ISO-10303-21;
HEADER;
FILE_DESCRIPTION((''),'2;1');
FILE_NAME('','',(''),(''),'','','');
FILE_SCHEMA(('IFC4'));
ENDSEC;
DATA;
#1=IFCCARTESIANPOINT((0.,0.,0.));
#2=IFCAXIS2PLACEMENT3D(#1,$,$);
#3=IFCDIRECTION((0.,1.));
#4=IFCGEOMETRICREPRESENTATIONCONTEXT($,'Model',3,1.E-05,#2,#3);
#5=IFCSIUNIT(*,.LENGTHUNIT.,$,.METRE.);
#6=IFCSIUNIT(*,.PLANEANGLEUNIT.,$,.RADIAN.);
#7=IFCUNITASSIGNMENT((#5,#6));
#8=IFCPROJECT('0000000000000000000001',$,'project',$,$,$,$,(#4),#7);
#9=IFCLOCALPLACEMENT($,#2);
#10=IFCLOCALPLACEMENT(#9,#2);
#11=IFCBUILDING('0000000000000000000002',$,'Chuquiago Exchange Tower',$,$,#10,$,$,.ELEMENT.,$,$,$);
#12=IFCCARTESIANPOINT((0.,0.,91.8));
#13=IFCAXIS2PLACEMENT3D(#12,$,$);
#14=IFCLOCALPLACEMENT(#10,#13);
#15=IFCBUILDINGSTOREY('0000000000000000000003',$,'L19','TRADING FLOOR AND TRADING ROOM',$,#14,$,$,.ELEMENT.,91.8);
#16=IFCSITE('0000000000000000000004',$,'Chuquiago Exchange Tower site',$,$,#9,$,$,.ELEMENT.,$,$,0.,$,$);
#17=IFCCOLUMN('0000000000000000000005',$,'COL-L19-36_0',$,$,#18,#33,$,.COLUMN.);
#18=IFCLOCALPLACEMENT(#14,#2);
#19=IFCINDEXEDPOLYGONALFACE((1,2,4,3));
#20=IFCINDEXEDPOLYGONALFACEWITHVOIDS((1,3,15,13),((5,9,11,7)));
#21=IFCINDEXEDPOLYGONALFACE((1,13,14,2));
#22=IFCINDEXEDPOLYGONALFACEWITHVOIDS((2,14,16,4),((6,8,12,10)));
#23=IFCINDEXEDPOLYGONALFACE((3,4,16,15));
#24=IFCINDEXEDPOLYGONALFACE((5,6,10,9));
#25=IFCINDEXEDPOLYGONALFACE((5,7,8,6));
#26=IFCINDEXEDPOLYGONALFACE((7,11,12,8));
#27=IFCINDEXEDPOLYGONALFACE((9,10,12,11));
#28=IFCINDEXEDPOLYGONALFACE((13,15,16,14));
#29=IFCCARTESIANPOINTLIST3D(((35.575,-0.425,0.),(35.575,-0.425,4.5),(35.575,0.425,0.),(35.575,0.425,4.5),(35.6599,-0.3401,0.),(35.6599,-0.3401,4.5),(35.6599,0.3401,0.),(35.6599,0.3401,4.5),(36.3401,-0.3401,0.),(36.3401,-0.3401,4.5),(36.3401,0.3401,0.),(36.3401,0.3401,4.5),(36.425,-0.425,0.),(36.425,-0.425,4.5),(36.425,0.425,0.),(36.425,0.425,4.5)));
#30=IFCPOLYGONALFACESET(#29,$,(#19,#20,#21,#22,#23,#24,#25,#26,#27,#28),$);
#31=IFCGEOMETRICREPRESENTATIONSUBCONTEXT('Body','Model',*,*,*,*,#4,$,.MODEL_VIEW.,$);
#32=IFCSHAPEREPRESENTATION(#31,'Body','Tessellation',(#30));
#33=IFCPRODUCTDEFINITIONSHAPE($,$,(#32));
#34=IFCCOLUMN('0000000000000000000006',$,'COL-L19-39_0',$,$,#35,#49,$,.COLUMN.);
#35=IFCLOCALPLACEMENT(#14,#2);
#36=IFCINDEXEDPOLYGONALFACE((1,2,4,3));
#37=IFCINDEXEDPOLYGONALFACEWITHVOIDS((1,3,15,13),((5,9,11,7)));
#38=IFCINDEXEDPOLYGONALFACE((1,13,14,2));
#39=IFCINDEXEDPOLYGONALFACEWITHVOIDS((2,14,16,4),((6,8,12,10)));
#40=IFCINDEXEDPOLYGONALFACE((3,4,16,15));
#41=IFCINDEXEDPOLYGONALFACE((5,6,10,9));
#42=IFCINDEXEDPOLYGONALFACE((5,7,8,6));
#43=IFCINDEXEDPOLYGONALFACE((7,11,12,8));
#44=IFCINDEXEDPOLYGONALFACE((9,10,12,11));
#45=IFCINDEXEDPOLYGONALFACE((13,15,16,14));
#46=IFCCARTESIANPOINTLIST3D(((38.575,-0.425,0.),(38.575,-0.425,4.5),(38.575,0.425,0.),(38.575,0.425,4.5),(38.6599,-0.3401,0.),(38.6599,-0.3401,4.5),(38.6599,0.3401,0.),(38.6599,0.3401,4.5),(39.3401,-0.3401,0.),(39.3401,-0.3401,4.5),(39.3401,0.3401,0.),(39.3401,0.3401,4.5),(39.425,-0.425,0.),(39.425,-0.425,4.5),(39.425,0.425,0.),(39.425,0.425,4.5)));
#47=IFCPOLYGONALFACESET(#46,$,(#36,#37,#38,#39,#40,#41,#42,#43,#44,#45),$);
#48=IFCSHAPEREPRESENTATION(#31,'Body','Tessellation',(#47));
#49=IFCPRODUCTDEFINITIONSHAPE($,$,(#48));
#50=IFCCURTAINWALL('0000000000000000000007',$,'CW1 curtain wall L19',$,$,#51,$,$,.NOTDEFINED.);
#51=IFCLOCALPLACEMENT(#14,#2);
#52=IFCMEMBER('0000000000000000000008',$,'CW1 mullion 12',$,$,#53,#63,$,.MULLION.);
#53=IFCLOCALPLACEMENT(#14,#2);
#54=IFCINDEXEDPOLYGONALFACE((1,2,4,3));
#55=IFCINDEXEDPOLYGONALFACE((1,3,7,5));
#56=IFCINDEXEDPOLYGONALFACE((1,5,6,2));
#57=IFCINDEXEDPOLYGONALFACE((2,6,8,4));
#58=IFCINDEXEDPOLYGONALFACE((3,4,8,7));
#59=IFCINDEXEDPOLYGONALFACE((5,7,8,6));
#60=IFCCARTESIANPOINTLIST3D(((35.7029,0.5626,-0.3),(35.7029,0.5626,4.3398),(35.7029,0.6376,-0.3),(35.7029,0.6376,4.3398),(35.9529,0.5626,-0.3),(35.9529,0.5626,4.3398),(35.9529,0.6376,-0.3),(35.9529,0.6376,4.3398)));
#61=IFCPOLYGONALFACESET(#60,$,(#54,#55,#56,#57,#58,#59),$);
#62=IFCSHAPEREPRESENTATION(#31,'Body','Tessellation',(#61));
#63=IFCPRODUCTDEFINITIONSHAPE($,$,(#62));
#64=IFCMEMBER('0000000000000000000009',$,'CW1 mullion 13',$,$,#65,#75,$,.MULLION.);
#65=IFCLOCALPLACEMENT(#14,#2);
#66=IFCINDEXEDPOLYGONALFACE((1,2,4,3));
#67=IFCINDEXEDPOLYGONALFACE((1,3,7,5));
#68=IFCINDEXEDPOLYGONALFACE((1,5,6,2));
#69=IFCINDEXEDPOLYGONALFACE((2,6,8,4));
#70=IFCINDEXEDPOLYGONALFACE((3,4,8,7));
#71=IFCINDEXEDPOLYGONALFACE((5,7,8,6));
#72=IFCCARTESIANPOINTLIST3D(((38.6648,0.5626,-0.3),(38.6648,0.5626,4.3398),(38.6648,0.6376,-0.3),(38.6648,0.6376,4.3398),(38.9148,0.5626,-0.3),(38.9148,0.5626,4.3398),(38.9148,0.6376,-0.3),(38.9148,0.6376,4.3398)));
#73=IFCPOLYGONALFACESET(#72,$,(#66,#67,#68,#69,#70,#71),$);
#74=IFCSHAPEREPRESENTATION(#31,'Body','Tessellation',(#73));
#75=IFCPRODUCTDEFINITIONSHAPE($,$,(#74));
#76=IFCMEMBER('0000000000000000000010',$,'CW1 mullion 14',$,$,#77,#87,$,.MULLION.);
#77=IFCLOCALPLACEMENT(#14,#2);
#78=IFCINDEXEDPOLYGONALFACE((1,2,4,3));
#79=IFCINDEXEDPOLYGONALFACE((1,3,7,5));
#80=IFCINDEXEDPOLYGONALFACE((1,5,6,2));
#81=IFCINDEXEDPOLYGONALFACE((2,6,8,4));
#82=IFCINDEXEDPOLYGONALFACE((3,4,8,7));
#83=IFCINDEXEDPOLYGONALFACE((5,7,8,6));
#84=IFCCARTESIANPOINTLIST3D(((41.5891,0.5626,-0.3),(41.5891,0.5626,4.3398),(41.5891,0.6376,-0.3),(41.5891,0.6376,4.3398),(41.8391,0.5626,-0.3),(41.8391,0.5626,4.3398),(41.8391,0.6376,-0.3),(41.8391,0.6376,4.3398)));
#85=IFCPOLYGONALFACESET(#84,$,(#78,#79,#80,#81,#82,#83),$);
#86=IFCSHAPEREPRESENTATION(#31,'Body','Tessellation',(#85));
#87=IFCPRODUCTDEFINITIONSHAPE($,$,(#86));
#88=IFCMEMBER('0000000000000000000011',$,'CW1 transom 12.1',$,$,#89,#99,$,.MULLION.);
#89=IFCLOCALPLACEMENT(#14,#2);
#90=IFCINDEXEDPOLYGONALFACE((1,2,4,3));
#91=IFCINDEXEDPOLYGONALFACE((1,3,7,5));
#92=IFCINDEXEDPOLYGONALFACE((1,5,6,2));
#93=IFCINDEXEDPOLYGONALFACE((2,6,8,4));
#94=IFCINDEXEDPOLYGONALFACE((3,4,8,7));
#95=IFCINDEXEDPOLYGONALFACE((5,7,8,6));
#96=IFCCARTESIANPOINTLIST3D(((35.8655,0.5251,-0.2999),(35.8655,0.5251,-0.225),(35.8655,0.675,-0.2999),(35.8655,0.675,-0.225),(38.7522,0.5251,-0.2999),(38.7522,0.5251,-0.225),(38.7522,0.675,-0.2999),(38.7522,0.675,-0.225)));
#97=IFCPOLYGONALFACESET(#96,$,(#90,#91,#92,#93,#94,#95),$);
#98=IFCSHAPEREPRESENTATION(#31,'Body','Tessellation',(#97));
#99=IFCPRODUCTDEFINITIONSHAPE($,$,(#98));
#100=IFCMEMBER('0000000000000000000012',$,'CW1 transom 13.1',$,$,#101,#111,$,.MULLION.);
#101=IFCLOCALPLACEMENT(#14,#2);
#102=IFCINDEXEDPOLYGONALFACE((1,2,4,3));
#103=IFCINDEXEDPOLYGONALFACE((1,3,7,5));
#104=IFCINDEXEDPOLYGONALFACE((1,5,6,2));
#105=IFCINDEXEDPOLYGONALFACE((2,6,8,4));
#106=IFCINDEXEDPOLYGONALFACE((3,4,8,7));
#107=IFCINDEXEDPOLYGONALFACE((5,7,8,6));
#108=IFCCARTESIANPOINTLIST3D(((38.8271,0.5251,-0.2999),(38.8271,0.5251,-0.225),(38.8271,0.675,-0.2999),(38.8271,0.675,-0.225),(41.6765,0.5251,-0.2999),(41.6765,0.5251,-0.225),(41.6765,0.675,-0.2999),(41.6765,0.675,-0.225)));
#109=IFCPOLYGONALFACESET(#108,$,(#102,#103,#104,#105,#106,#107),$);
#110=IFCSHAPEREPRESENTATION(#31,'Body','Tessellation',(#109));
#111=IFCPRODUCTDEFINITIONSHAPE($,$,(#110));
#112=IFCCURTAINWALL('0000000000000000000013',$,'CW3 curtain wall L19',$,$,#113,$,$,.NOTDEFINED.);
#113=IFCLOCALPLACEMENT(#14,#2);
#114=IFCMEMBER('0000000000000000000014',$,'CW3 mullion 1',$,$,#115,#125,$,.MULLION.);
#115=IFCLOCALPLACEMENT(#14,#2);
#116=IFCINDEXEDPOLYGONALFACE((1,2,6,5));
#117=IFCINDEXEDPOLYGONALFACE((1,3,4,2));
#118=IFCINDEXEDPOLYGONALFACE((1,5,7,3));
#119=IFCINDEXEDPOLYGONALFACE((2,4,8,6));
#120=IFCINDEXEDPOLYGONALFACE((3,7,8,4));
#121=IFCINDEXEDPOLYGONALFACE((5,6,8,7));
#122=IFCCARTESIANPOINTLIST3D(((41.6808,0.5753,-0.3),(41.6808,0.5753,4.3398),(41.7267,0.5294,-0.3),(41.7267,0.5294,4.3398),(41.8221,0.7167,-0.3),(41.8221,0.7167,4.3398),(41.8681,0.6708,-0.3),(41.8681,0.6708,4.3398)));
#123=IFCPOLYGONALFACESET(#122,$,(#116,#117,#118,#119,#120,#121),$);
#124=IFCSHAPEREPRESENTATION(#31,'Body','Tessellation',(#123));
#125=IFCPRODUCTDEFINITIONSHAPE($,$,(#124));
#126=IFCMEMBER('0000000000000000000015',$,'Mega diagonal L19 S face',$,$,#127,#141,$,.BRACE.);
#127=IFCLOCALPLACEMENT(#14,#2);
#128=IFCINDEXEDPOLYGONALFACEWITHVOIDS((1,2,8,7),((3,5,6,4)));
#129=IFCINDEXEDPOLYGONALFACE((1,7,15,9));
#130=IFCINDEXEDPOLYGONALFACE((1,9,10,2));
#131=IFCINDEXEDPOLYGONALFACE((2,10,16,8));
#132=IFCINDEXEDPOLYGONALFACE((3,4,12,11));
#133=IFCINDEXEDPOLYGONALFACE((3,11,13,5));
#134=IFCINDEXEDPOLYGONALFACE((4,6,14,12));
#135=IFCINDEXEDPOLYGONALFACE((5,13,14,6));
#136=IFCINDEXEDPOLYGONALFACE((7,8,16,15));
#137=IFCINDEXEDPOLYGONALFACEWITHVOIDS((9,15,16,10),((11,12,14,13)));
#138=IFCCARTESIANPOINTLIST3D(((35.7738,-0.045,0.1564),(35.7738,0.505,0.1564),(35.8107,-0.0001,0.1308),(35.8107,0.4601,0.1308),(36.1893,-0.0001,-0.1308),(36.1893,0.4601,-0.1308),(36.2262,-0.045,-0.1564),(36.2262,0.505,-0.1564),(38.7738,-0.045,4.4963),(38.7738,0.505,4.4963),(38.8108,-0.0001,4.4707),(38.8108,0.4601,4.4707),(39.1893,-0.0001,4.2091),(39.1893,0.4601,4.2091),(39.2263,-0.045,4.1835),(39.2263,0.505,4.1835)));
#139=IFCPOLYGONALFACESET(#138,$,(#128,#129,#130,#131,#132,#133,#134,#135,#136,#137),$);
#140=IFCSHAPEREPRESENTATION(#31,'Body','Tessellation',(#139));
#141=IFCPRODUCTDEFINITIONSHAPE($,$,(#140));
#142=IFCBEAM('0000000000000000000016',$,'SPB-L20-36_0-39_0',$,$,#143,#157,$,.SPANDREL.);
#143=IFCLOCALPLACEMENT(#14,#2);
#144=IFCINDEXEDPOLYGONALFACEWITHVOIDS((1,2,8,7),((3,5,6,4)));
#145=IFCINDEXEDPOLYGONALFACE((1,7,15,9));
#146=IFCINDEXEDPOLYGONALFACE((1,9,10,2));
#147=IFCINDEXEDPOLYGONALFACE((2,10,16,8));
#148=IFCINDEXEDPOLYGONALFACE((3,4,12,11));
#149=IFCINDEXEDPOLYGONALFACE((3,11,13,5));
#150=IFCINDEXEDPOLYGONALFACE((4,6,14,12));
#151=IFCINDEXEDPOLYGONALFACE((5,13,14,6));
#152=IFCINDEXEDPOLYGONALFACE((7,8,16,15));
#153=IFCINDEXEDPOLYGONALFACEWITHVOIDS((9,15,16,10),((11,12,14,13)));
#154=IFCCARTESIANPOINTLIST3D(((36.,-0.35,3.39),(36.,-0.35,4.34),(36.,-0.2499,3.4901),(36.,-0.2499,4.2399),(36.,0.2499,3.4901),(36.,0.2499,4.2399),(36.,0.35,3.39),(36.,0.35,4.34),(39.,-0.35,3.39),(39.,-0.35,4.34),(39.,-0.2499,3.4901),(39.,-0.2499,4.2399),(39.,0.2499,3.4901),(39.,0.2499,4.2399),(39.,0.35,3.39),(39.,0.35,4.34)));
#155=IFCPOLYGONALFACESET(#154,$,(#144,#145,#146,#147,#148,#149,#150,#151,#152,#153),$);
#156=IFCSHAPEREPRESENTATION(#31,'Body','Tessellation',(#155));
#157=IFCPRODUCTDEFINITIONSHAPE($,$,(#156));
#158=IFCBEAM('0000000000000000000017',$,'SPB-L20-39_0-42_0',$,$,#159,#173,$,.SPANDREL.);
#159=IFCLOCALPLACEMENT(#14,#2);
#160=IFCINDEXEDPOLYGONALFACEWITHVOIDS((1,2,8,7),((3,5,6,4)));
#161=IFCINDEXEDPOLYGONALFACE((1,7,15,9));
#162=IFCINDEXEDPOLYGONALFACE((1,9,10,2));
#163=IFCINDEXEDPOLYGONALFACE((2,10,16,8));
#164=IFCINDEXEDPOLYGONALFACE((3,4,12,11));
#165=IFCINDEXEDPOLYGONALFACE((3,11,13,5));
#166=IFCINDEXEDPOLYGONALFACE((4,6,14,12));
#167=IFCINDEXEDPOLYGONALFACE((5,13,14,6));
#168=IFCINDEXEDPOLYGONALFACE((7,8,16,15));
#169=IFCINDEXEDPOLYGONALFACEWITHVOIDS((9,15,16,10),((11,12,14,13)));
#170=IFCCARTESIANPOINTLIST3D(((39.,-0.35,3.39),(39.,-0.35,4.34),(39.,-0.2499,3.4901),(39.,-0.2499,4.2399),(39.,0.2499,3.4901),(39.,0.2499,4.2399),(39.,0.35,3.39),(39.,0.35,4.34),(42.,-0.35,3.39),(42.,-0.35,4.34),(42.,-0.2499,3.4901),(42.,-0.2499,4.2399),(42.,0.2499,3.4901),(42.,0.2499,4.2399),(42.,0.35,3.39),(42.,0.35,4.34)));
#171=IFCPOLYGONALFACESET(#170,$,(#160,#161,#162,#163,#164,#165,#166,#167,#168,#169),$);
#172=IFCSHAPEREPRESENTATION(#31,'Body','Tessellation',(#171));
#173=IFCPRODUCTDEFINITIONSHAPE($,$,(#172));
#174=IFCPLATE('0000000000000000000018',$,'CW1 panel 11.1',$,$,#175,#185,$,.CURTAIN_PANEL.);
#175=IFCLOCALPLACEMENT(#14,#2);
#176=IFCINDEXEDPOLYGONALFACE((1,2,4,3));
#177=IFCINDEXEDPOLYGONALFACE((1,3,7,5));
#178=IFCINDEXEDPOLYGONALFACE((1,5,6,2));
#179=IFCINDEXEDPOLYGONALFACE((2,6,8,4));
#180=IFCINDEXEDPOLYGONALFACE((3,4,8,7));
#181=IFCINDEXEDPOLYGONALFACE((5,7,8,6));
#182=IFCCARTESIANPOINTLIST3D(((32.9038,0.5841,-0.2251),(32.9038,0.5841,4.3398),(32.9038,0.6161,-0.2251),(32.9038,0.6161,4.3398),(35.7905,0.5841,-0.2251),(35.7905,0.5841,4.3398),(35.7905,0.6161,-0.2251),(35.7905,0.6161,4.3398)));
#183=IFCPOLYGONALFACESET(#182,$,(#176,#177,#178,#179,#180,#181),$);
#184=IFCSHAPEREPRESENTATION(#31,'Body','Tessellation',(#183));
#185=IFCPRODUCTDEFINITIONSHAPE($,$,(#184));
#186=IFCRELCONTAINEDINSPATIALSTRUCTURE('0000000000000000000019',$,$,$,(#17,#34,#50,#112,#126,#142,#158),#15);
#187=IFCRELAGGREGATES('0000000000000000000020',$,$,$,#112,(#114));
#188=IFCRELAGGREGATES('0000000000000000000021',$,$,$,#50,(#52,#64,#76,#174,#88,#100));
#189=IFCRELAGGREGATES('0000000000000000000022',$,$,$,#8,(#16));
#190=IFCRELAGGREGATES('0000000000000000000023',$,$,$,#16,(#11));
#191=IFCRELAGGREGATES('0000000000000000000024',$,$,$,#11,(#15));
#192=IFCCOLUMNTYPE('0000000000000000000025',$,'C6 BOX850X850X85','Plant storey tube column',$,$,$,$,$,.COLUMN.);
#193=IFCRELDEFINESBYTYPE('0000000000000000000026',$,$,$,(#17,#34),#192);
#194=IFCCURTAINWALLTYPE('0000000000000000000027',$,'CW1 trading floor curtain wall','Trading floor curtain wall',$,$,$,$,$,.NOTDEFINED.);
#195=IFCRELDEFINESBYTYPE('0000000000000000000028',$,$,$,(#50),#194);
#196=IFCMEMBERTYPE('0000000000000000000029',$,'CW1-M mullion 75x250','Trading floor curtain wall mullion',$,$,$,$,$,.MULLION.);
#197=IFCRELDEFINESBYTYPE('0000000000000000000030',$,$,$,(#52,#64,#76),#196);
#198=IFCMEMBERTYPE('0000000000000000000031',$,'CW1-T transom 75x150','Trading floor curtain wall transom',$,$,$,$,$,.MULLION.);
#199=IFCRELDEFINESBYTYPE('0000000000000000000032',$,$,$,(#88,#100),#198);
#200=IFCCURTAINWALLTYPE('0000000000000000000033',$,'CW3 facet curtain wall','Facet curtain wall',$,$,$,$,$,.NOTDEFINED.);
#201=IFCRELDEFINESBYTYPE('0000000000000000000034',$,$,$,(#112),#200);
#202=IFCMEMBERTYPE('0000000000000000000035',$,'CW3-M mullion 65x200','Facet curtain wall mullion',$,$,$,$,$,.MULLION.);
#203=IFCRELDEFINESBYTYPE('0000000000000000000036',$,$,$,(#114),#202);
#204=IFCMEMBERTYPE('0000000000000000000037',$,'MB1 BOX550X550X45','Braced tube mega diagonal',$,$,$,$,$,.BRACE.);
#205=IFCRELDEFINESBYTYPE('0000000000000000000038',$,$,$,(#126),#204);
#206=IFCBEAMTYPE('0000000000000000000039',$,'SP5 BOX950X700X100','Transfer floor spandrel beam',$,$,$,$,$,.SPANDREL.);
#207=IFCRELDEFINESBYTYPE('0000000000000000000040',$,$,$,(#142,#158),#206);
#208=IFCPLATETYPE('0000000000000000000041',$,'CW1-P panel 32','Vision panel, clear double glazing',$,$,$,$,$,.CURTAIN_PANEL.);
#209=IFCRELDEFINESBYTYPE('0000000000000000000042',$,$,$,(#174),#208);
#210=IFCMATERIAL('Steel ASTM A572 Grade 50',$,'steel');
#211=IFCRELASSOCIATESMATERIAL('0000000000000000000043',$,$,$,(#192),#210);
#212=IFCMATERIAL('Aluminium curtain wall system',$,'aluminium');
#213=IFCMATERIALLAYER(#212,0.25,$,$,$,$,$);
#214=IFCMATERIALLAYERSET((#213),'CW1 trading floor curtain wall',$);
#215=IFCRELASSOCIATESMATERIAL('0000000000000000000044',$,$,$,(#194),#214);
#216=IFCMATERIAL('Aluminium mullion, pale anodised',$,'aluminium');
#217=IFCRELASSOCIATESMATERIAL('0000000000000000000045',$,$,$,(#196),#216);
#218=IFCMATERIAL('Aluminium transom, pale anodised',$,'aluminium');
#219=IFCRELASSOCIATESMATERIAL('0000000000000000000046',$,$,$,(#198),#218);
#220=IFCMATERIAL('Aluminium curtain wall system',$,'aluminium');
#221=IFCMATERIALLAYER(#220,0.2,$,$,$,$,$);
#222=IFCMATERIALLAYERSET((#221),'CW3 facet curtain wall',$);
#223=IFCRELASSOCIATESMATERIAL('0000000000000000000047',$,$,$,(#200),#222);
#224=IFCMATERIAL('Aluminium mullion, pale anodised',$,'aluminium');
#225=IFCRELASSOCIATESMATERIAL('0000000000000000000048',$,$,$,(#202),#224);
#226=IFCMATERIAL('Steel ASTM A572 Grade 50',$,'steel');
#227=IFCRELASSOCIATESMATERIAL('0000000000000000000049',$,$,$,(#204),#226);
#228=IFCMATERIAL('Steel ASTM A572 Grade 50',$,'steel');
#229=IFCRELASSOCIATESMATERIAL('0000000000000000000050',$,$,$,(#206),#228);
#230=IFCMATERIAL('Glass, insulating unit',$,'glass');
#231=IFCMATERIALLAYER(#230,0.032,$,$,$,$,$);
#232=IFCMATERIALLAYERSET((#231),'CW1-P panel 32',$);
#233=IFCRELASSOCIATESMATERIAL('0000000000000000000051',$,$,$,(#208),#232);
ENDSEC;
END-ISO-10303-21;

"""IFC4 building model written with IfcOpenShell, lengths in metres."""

from ifc_helpers import new_model, si_unit, direction, frame, origin, origin_2d, place, context, subcontext, project, spatial, rectangle, hollow_rectangle, extrude, material, layer, layer_set, material_profile, profile_set, type_object, element, aggregate, save


model = new_model("IFC4")

# Units and contexts
model_context = context("Model", 3, precision=1e-05, world=origin(), true_north=direction((0.0, 1.0)))
body_context = subcontext(model_context, "Body", "Model", "MODEL_VIEW")
ifc_project = project(units=[si_unit("LENGTHUNIT", "METRE"), si_unit("PLANEANGLEUNIT", "RADIAN")], contexts=[model_context])

# Site, building, storey
site_placement = place(None, origin())
site = spatial("IfcSite", under=ifc_project, at=site_placement, Name="Chuquiago Exchange Tower site", CompositionType="ELEMENT", RefElevation=0.0)
building_placement = place(site_placement, origin())
building = spatial("IfcBuilding", under=site, at=building_placement, Name="Chuquiago Exchange Tower", CompositionType="ELEMENT")
storey_placement = place(building_placement, frame((0.0, 0.0, 91.8)))
storey = spatial("IfcBuildingStorey", under=building, at=storey_placement, Name="L19", Description="TRADING FLOOR AND TRADING ROOM", CompositionType="ELEMENT", Elevation=91.8)

# Columns
ifc_material_1 = material(Name="Steel ASTM A572 Grade 50", Category="steel")
ifc_material_profile_1 = material_profile(ifc_material_1, hollow_rectangle(XDim=0.8501, YDim=0.8501, WallThickness=0.085, at=origin_2d()), Name="BOX850X850X85")
ifc_profile_set_1 = profile_set([ifc_material_profile_1], Name="Steel ASTM A572 Grade 50")
column_type = type_object("IfcColumnType", Name="C6 BOX850X850X85", Description="Plant storey tube column", PredefinedType="COLUMN", material=ifc_profile_set_1)
for number, where, z_axis, x_axis, name in (
    (1, (36.0, 0.0, 0.0), (0.0, 0.0, 1.0), (0.0, -1.0, 0.0), "COL-L19-36_0"),
    (2, (39.0, 0.0, 0.0), (0.0, 0.0, 1.0), (0.0, -1.0, 0.0), "COL-L19-39_0"),
):
    element("IfcColumn", number, at=place(storey_placement, frame(where, z_axis=z_axis, x_axis=x_axis)), inside=storey, type_object=column_type, Name=name, PredefinedType="COLUMN", context=body_context, shape_type="SweptSolid", body=[
        extrude(hollow_rectangle(XDim=0.8501, YDim=0.8501, WallThickness=0.085, at=origin_2d()), origin(), (0.0, 0.0, 1.0), 4.5),
    ])

# Curtain wall, members
ifc_material_2 = material(Name="Aluminium curtain wall system", Category="aluminium")
ifc_layer_1 = layer(ifc_material_2, 0.25)
ifc_layer_set_1 = layer_set([ifc_layer_1], Name="CW1 trading floor curtain wall")
curtain_wall_type_1 = type_object("IfcCurtainWallType", Name="CW1 trading floor curtain wall", Description="Trading floor curtain wall", PredefinedType="NOTDEFINED", material=ifc_layer_set_1)
curtain_wall_1_placement = place(storey_placement, origin())
curtain_wall_1 = element("IfcCurtainWall", 3, at=curtain_wall_1_placement, inside=storey, type_object=curtain_wall_type_1, Name="CW1 curtain wall L19", PredefinedType="NOTDEFINED")
ifc_material_3 = material(Name="Aluminium mullion, pale anodised", Category="aluminium")
ifc_material_profile_2 = material_profile(ifc_material_3, rectangle(XDim=0.075, YDim=0.25, at=origin_2d()), Name="AL 75x250")
ifc_profile_set_2 = profile_set([ifc_material_profile_2], Name="Aluminium mullion, pale anodised")
member_type_1 = type_object("IfcMemberType", Name="CW1-M mullion 75x250", Description="Trading floor curtain wall mullion", PredefinedType="MULLION", material=ifc_profile_set_2)
member_1_placement = place(storey_placement, frame((35.8279, 0.6001, -0.3), z_axis=(0.0, 0.0, 1.0), x_axis=(0.0, 1.0, 0.0)))
member_1 = element("IfcMember", 4, at=member_1_placement, type_object=member_type_1, Name="CW1 mullion 12", PredefinedType="MULLION", context=body_context, shape_type="SweptSolid", body=[
    extrude(rectangle(XDim=0.075, YDim=0.25, at=origin_2d()), origin(), (0.0, 0.0, 1.0), 4.6399),
])
member_2_placement = place(storey_placement, frame((38.7898, 0.6001, -0.3), z_axis=(0.0, 0.0, 1.0), x_axis=(0.0, 1.0, 0.0)))
member_2 = element("IfcMember", 5, at=member_2_placement, type_object=member_type_1, Name="CW1 mullion 13", PredefinedType="MULLION", context=body_context, shape_type="SweptSolid", body=[
    extrude(rectangle(XDim=0.075, YDim=0.25, at=origin_2d()), origin(), (0.0, 0.0, 1.0), 4.6399),
])
member_3_placement = place(storey_placement, frame((41.7141, 0.6001, -0.3), z_axis=(0.0, 0.0, 1.0), x_axis=(0.0, 1.0, 0.0)))
member_3 = element("IfcMember", 6, at=member_3_placement, type_object=member_type_1, Name="CW1 mullion 14", PredefinedType="MULLION", context=body_context, shape_type="SweptSolid", body=[
    extrude(rectangle(XDim=0.075, YDim=0.25, at=origin_2d()), origin(), (0.0, 0.0, 1.0), 4.6399),
])
ifc_material_4 = material(Name="Aluminium transom, pale anodised", Category="aluminium")
ifc_material_profile_3 = material_profile(ifc_material_4, rectangle(XDim=0.1499, YDim=0.075, at=origin_2d()), Name="AL 150x75")
ifc_profile_set_3 = profile_set([ifc_material_profile_3], Name="Aluminium transom, pale anodised")
member_type_2 = type_object("IfcMemberType", Name="CW1-T transom 75x150", Description="Trading floor curtain wall transom", PredefinedType="MULLION", material=ifc_profile_set_3)
member_4_placement = place(storey_placement, frame((35.8655, 0.6001, -0.2625), z_axis=(1.0, 0.0, 0.0), x_axis=(0.0, 1.0, 0.0)))
member_4 = element("IfcMember", 7, at=member_4_placement, type_object=member_type_2, Name="CW1 transom 12.1", PredefinedType="MULLION", context=body_context, shape_type="SweptSolid", body=[
    extrude(rectangle(XDim=0.1499, YDim=0.075, at=origin_2d()), origin(), (0.0, 0.0, 1.0), 2.8867),
])
member_5_placement = place(storey_placement, frame((38.8271, 0.6001, -0.2625), z_axis=(1.0, 0.0, 0.0), x_axis=(0.0, 1.0, 0.0)))
member_5 = element("IfcMember", 8, at=member_5_placement, type_object=member_type_2, Name="CW1 transom 13.1", PredefinedType="MULLION", context=body_context, shape_type="SweptSolid", body=[
    extrude(rectangle(XDim=0.1499, YDim=0.075, at=origin_2d()), origin(), (0.0, 0.0, 1.0), 2.8494),
])

# Curtain wall, member
ifc_material_5 = material(Name="Aluminium curtain wall system", Category="aluminium")
ifc_layer_2 = layer(ifc_material_5, 0.2)
ifc_layer_set_2 = layer_set([ifc_layer_2], Name="CW3 facet curtain wall")
curtain_wall_type_2 = type_object("IfcCurtainWallType", Name="CW3 facet curtain wall", Description="Facet curtain wall", PredefinedType="NOTDEFINED", material=ifc_layer_set_2)
curtain_wall_2_placement = place(storey_placement, origin())
curtain_wall_2 = element("IfcCurtainWall", 9, at=curtain_wall_2_placement, inside=storey, type_object=curtain_wall_type_2, Name="CW3 curtain wall L19", PredefinedType="NOTDEFINED")
ifc_material_6 = material(Name="Aluminium mullion, pale anodised", Category="aluminium")
ifc_material_profile_4 = material_profile(ifc_material_6, rectangle(XDim=0.0649, YDim=0.2, at=origin_2d()), Name="AL 65x200")
ifc_profile_set_4 = profile_set([ifc_material_profile_4], Name="Aluminium mullion, pale anodised")
member_type_3 = type_object("IfcMemberType", Name="CW3-M mullion 65x200", Description="Facet curtain wall mullion", PredefinedType="MULLION", material=ifc_profile_set_4)
member_6_placement = place(storey_placement, frame((41.7744, 0.623, -0.3), z_axis=(0.0, 0.0, 1.0), x_axis=(-0.707107, 0.707107, 0.0)))
member_6 = element("IfcMember", 10, at=member_6_placement, type_object=member_type_3, Name="CW3 mullion 1", PredefinedType="MULLION", context=body_context, shape_type="SweptSolid", body=[
    extrude(rectangle(XDim=0.0649, YDim=0.2, at=origin_2d()), origin(), (0.0, 0.0, 1.0), 4.6399),
])
aggregate(curtain_wall_2, [member_6])

# Member
ifc_material_7 = material(Name="Steel ASTM A572 Grade 50", Category="steel")
ifc_material_profile_5 = material_profile(ifc_material_7, hollow_rectangle(XDim=0.55, YDim=0.55, WallThickness=0.0449, at=origin_2d()), Name="BOX550X550X45")
ifc_profile_set_5 = profile_set([ifc_material_profile_5], Name="Steel ASTM A572 Grade 50")
member_type_4 = type_object("IfcMemberType", Name="MB1 BOX550X550X45", Description="Braced tube mega diagonal", PredefinedType="BRACE", material=ifc_profile_set_5)
member_7_placement = place(storey_placement, frame((36.0, 0.23, 0.0), z_axis=(0.568632, 0.0, 0.822592), x_axis=(0.0, 1.0, 0.0)))
element("IfcMember", 11, at=member_7_placement, inside=storey, type_object=member_type_4, Name="Mega diagonal L19 S face", PredefinedType="BRACE", context=body_context, shape_type="SweptSolid", body=[
    extrude(hollow_rectangle(XDim=0.55, YDim=0.55, WallThickness=0.0449, at=origin_2d()), origin(), (0.0, 0.0, 1.0), 5.2759),
])

# Beams
ifc_material_8 = material(Name="Steel ASTM A572 Grade 50", Category="steel")
ifc_material_profile_6 = material_profile(ifc_material_8, hollow_rectangle(XDim=0.7, YDim=0.95, WallThickness=0.1001, at=origin_2d()), Name="BOX950X700X100")
ifc_profile_set_6 = profile_set([ifc_material_profile_6], Name="Steel ASTM A572 Grade 50")
beam_type = type_object("IfcBeamType", Name="SP5 BOX950X700X100", Description="Transfer floor spandrel beam", PredefinedType="SPANDREL", material=ifc_profile_set_6)
for number, where, z_axis, x_axis, name in (
    (12, (36.0, 0.0, 3.865), (1.0, 0.0, 0.0), (0.0, 1.0, 0.0), "SPB-L20-36_0-39_0"),
    (13, (39.0, 0.0, 3.865), (1.0, 0.0, 0.0), (0.0, 1.0, 0.0), "SPB-L20-39_0-42_0"),
):
    element("IfcBeam", number, at=place(storey_placement, frame(where, z_axis=z_axis, x_axis=x_axis)), inside=storey, type_object=beam_type, Name=name, PredefinedType="SPANDREL", context=body_context, shape_type="SweptSolid", body=[
        extrude(hollow_rectangle(XDim=0.7, YDim=0.95, WallThickness=0.1001, at=origin_2d()), origin(), (0.0, 0.0, 1.0), 3.0),
    ])

# Plate
ifc_material_9 = material(Name="Glass, insulating unit", Category="glass")
ifc_layer_3 = layer(ifc_material_9, 0.032)
ifc_layer_set_3 = layer_set([ifc_layer_3], Name="CW1-P panel 32")
plate_type_1 = type_object("IfcPlateType", Name="CW1-P panel 32", Description="Vision panel, clear double glazing", PredefinedType="CURTAIN_PANEL", material=ifc_layer_set_3)
plate_1_placement = place(storey_placement, frame((34.3472, 0.6001, -0.2251), z_axis=(0.0, 0.0, 1.0), x_axis=(1.0, 0.0, 0.0)))
plate_1 = element("IfcPlate", 14, at=plate_1_placement, type_object=plate_type_1, Name="CW1 panel 11.1", PredefinedType="CURTAIN_PANEL", context=body_context, shape_type="SweptSolid", body=[
    extrude(rectangle(XDim=2.8867, YDim=0.032, at=origin_2d()), origin(), (0.0, 0.0, 1.0), 4.5649),
])
aggregate(curtain_wall_1, [member_1, member_2, member_3, plate_1, member_4, member_5])

save(model, "model.ifc")
